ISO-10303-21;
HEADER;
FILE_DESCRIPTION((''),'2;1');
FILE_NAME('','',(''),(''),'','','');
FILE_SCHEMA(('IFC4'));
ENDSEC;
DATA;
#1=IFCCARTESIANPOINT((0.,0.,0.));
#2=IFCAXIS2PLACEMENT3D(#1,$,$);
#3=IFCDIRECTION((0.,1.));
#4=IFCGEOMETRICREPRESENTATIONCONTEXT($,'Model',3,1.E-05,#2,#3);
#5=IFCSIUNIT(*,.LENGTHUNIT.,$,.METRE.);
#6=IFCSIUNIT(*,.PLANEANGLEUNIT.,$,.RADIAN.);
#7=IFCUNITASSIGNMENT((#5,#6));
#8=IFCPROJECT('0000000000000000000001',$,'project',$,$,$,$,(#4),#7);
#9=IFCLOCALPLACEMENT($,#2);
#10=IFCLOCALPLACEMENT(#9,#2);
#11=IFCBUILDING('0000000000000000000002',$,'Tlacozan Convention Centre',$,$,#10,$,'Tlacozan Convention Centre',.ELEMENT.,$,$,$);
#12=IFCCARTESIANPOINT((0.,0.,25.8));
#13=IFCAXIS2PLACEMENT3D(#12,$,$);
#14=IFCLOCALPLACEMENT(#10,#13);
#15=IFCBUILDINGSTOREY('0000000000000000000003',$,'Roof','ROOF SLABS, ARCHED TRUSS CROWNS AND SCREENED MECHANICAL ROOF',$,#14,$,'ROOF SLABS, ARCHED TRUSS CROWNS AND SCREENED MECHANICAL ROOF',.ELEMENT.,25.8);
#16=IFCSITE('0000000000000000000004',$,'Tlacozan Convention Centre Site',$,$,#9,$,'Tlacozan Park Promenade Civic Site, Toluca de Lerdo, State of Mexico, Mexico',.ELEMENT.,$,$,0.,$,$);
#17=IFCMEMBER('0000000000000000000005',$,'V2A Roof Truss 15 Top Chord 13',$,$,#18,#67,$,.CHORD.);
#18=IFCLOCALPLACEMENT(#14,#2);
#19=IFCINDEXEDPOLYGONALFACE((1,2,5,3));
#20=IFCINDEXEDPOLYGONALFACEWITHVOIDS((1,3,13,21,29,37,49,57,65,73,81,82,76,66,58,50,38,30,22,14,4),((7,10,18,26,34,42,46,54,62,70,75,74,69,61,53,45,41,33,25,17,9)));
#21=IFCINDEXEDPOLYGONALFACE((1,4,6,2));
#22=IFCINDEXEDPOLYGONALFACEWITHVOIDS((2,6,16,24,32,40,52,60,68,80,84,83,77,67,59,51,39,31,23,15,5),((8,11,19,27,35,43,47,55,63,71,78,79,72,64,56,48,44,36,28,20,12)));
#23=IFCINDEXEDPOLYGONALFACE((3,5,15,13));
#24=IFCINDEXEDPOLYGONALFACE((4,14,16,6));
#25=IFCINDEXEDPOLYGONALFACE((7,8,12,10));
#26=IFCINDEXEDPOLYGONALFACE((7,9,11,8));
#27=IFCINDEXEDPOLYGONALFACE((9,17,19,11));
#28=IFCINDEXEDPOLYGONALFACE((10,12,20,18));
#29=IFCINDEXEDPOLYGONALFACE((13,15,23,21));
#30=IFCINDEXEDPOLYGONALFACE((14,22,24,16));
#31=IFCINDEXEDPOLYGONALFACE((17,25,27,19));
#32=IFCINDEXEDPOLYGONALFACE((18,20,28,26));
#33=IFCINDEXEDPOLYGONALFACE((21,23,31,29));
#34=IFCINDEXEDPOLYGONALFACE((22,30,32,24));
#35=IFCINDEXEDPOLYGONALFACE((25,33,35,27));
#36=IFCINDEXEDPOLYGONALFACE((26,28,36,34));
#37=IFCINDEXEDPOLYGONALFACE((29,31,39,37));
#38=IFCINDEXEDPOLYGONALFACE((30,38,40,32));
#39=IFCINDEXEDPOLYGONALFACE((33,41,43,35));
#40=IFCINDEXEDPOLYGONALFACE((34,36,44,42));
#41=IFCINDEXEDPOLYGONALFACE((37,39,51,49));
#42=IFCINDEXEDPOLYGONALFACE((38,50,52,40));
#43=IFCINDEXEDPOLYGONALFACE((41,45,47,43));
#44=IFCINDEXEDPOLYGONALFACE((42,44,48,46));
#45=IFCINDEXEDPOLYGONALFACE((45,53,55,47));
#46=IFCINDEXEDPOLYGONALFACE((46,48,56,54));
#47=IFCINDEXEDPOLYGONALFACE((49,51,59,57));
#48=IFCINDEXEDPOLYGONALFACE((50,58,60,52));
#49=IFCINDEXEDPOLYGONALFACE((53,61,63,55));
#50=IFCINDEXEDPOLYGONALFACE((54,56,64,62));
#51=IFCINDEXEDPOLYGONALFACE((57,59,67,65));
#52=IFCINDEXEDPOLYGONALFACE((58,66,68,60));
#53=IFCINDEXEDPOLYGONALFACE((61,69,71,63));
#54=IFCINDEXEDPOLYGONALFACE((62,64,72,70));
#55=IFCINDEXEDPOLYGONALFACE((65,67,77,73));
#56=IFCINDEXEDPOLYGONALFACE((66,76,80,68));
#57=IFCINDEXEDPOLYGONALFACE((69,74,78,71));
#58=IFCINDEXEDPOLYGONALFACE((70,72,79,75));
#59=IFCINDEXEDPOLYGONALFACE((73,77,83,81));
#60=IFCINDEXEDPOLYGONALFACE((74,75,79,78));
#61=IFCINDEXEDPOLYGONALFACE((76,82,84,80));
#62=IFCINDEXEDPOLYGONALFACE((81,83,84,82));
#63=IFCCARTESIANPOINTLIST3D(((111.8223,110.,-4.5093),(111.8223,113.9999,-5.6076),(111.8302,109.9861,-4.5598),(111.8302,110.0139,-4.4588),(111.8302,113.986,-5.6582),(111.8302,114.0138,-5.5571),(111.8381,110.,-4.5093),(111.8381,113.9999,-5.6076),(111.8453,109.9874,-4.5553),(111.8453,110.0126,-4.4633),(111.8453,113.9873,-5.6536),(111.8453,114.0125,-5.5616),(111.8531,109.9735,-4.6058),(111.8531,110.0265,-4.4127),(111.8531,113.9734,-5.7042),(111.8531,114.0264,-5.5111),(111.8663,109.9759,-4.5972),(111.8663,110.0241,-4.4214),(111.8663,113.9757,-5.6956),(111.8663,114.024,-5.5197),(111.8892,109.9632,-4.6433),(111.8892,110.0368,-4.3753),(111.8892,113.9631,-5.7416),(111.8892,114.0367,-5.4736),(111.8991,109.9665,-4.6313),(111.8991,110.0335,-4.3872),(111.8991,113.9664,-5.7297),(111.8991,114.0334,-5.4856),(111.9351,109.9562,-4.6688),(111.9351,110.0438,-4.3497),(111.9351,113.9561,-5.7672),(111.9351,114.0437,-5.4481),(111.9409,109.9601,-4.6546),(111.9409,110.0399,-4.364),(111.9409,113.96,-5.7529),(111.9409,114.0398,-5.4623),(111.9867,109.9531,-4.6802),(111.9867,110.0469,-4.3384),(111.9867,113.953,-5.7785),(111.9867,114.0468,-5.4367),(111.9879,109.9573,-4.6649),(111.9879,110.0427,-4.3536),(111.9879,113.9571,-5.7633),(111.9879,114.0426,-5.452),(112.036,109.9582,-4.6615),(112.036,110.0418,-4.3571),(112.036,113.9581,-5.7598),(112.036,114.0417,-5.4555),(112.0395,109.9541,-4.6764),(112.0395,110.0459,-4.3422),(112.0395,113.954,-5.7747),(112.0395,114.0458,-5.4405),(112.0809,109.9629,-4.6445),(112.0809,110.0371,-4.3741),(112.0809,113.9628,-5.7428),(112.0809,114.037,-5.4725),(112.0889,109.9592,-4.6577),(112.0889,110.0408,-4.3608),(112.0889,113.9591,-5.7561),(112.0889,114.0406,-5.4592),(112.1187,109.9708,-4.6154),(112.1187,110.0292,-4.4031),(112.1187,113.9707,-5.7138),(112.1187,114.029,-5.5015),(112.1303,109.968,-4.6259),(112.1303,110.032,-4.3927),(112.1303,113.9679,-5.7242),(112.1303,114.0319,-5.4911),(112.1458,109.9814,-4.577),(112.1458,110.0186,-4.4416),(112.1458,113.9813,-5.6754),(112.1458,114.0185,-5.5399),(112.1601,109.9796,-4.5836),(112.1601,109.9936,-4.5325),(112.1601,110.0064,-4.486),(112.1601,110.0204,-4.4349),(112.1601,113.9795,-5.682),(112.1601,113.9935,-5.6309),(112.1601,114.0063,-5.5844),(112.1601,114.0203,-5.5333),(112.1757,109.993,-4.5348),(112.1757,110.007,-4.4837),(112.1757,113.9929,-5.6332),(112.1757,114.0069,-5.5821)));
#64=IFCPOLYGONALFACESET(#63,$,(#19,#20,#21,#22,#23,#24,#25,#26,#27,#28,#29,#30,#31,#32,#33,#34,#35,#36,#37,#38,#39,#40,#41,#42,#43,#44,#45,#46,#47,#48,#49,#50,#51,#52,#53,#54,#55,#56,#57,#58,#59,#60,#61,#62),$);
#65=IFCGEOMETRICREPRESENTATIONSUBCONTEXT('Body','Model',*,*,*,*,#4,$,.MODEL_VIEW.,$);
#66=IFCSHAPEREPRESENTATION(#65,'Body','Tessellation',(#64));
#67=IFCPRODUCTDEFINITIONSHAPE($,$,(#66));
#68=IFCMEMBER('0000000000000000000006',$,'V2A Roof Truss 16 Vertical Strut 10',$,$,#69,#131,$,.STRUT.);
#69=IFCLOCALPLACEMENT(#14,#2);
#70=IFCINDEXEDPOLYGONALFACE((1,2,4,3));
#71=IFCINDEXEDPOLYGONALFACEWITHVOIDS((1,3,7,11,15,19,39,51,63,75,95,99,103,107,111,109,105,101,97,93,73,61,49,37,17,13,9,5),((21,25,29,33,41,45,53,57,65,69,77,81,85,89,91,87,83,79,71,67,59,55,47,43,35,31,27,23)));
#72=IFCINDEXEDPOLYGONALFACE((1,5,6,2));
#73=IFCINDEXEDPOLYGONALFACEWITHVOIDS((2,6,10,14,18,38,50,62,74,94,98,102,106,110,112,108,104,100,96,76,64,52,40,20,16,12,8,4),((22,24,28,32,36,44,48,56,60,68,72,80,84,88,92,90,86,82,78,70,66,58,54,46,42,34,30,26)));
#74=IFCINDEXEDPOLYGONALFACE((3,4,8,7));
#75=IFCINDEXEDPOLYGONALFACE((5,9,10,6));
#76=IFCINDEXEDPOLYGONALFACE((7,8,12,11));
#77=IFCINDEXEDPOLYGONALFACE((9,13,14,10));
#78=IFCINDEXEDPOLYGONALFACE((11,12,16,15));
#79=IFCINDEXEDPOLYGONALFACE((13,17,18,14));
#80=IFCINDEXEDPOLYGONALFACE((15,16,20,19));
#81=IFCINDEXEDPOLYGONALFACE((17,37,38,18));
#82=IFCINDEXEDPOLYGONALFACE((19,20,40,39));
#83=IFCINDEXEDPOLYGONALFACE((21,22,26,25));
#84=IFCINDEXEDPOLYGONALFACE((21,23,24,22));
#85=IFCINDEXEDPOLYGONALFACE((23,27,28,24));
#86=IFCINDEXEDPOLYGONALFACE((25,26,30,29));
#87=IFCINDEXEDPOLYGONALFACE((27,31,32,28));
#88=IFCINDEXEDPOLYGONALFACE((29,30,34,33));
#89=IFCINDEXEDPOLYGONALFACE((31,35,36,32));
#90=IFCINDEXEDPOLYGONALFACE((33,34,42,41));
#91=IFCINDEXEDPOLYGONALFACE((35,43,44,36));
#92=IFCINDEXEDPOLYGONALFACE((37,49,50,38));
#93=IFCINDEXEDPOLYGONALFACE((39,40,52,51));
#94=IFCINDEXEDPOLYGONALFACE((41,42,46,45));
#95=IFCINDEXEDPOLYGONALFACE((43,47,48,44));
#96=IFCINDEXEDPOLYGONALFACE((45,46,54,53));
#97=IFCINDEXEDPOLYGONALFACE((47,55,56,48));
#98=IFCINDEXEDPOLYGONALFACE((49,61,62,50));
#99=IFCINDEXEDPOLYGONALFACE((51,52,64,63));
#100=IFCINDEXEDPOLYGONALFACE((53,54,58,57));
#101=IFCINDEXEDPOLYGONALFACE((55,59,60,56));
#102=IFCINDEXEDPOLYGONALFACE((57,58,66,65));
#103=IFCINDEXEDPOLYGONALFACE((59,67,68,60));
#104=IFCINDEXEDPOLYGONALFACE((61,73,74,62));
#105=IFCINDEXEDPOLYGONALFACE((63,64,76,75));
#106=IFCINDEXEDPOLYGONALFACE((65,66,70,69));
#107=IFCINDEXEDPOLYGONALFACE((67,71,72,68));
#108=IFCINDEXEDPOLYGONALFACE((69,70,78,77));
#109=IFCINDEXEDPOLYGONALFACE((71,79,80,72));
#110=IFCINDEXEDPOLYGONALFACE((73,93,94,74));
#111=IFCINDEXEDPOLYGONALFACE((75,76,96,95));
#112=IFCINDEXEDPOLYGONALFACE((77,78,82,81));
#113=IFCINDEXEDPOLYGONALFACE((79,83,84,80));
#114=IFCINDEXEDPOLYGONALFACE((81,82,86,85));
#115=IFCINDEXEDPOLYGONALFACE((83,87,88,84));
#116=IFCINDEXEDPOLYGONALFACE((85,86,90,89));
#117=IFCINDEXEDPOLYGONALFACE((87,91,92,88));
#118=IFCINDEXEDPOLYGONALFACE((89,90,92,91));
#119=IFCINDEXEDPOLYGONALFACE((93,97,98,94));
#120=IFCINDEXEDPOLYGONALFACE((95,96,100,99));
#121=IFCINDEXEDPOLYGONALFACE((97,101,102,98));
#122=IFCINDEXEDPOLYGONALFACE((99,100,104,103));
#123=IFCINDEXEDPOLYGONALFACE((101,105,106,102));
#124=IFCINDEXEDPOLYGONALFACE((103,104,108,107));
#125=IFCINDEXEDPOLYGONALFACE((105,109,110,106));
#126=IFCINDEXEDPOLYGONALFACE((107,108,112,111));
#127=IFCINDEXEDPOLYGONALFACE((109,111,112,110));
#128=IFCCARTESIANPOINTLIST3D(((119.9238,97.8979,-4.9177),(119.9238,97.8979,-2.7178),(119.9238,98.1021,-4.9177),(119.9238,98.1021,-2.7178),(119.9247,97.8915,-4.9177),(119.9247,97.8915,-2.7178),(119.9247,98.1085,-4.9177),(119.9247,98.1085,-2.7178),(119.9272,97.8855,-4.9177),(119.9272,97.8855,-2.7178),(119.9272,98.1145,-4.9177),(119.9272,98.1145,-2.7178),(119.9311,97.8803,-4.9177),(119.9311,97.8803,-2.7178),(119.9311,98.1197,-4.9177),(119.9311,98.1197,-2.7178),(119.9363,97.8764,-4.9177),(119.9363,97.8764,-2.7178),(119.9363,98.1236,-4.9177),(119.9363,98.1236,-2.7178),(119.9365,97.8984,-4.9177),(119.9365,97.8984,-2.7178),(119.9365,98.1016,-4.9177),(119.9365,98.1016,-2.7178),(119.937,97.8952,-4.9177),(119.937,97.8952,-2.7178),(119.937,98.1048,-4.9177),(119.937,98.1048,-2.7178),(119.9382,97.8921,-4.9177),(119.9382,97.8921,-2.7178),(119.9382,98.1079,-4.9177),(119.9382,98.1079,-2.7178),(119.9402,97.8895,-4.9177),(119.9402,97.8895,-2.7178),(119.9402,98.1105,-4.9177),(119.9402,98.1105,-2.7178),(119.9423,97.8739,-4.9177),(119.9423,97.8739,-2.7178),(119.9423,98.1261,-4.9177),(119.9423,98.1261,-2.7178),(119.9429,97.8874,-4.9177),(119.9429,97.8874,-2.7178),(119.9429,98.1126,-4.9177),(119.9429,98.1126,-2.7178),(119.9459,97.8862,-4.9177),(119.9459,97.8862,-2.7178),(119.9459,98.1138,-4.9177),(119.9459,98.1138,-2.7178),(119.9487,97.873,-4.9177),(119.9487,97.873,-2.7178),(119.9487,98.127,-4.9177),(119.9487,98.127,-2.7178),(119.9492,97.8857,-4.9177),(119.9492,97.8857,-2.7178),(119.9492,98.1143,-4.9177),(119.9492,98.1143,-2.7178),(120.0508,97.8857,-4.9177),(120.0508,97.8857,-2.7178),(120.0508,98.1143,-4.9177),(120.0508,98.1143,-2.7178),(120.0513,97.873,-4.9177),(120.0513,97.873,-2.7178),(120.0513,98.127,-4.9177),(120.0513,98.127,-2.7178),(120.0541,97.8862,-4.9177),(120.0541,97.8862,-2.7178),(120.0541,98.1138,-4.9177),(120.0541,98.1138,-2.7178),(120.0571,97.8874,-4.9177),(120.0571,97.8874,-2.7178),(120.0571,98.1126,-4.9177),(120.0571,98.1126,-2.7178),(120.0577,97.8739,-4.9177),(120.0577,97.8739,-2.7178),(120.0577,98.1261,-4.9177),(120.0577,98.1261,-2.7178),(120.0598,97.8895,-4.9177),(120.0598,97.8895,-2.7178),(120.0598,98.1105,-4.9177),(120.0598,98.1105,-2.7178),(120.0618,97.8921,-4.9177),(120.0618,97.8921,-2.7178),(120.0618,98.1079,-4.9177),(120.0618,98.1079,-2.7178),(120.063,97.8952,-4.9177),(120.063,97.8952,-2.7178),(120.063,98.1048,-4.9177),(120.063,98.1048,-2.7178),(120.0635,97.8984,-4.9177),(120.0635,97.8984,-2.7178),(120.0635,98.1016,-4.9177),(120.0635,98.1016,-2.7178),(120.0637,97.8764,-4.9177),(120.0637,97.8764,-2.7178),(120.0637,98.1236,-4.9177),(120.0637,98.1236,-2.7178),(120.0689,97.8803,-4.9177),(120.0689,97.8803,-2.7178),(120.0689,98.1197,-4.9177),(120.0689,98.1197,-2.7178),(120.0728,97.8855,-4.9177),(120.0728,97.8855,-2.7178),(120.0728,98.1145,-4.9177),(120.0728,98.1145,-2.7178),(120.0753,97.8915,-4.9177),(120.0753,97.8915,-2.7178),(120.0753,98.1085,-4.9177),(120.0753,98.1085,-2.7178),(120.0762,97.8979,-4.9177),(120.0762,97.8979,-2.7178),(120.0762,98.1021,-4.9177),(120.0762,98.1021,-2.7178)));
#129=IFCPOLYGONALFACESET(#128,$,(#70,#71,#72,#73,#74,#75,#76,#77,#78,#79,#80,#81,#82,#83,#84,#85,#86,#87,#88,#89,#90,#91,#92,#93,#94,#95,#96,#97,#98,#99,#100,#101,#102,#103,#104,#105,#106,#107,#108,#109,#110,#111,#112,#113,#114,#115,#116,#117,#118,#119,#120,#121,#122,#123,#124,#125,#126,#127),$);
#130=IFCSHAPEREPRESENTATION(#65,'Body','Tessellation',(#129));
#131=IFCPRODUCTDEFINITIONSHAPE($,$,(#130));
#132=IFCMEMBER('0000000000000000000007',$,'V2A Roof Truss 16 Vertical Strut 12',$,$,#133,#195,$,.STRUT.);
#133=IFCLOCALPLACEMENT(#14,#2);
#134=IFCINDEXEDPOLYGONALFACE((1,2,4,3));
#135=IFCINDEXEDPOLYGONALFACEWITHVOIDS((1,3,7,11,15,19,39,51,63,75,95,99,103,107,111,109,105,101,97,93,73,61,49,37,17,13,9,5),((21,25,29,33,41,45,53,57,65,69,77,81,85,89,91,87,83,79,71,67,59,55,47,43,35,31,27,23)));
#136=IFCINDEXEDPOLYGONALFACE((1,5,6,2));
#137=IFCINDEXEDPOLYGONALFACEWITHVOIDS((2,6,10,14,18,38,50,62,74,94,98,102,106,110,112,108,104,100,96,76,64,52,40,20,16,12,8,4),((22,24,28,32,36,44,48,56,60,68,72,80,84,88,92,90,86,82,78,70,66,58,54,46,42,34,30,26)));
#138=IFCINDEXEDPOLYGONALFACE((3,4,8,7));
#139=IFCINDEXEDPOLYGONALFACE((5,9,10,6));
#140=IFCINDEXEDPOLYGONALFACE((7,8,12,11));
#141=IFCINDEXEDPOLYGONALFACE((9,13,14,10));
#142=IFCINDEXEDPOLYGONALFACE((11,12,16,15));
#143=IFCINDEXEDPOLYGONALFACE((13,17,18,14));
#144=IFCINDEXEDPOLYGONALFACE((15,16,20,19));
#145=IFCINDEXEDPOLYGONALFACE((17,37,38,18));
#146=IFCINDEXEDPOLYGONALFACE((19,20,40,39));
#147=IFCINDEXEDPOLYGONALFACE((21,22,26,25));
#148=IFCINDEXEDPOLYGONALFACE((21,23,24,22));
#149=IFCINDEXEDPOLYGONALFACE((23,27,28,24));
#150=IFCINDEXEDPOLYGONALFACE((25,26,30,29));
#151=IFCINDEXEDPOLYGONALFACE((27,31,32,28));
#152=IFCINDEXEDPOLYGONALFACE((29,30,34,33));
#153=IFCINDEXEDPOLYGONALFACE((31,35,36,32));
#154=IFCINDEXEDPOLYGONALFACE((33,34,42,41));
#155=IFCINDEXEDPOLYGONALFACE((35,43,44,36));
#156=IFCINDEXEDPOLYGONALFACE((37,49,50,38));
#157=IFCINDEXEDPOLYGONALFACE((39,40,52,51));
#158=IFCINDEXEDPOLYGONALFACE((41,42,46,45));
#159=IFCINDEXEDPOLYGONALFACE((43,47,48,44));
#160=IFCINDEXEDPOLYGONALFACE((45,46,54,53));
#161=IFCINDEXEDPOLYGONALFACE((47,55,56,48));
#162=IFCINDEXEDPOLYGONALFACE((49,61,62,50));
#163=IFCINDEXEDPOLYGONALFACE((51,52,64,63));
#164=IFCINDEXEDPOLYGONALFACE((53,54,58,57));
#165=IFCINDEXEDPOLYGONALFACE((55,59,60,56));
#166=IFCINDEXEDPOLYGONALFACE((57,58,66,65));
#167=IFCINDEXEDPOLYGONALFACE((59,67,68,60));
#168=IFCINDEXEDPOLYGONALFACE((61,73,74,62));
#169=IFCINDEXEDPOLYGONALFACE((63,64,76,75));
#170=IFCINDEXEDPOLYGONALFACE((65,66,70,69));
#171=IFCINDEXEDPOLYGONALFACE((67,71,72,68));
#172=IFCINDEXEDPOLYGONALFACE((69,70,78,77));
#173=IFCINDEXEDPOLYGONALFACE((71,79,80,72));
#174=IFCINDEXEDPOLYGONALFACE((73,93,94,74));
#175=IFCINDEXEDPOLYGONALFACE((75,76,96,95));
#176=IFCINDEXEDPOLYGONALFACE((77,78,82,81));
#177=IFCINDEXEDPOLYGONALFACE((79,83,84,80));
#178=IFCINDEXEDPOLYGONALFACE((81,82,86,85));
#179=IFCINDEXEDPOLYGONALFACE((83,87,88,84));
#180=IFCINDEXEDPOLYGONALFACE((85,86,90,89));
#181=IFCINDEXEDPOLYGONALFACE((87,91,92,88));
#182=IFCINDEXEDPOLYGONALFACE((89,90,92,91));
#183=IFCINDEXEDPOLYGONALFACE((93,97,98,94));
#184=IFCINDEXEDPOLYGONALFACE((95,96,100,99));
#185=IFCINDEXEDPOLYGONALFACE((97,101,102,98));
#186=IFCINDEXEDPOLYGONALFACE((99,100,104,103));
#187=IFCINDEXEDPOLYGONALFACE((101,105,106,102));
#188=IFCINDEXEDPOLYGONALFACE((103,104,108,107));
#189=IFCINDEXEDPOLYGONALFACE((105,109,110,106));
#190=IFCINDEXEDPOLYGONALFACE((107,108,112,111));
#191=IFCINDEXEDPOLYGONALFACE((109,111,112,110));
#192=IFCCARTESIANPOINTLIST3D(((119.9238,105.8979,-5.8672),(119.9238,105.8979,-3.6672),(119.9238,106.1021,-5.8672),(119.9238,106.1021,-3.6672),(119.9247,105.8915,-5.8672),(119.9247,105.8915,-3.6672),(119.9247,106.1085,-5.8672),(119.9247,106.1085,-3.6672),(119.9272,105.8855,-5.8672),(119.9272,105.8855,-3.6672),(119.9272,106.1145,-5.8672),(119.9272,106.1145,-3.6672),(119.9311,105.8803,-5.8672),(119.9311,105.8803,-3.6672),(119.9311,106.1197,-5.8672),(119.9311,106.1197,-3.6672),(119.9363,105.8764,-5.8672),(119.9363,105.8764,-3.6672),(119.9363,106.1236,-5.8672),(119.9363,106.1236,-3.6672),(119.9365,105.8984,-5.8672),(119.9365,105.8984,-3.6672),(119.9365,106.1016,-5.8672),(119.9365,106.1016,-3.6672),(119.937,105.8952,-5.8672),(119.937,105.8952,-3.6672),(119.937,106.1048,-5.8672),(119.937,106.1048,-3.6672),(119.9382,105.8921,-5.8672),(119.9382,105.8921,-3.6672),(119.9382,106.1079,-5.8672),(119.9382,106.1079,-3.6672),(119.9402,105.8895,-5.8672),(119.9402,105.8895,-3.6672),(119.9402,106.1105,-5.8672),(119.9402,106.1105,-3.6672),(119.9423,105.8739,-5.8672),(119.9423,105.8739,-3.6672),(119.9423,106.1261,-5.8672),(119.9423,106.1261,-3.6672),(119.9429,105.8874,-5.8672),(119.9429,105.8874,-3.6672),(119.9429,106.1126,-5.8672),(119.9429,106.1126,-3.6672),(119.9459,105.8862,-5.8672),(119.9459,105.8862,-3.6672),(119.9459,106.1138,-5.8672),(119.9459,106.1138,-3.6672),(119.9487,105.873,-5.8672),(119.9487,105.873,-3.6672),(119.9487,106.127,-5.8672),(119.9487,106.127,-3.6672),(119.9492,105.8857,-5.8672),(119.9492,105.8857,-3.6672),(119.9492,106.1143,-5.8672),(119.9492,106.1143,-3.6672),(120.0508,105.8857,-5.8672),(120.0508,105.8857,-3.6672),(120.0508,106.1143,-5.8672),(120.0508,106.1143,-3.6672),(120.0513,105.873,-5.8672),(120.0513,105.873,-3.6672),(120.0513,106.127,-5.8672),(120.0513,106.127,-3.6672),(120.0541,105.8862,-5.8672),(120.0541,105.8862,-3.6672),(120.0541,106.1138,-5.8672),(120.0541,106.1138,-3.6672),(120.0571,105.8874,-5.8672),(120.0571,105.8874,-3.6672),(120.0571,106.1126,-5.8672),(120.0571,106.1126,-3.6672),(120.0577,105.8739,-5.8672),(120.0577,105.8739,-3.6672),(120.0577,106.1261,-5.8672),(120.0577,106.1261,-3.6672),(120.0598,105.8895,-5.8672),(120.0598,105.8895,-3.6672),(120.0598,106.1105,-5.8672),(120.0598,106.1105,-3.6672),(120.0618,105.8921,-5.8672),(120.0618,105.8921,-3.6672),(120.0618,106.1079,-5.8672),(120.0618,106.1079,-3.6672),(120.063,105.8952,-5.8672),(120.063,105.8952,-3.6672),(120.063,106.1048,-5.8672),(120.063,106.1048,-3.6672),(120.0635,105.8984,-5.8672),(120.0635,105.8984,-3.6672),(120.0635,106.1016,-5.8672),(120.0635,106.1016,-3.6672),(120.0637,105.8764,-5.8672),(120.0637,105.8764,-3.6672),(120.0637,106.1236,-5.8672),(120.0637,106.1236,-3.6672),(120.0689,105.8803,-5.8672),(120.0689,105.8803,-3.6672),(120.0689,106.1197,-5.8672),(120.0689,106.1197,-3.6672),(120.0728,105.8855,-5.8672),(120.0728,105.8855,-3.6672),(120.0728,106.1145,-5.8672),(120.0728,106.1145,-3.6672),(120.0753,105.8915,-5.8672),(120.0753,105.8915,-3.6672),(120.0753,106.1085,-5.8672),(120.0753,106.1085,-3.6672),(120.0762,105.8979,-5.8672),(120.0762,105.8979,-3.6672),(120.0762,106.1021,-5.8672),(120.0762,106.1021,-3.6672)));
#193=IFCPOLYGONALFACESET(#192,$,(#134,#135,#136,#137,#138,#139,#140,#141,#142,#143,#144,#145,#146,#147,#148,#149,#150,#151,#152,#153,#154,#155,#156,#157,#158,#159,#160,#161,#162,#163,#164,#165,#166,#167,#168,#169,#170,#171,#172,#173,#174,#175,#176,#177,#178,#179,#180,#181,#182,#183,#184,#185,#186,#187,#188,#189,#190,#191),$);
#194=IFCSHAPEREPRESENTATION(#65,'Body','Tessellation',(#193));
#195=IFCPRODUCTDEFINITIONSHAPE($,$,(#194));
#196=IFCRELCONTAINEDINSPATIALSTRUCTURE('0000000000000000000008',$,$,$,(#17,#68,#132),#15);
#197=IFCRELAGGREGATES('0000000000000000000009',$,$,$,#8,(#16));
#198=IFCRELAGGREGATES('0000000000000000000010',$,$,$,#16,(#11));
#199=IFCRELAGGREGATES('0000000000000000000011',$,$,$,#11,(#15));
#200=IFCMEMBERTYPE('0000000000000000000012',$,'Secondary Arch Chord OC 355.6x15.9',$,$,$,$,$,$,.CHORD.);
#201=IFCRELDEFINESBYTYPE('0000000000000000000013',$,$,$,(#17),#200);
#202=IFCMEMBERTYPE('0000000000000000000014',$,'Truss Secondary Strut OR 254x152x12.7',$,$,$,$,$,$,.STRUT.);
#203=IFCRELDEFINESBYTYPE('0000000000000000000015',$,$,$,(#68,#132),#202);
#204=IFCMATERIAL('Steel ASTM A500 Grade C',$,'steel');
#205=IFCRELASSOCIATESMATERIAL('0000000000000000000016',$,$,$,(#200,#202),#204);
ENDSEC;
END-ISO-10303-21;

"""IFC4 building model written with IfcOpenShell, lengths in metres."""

from ifc_helpers import new_model, si_unit, direction, frame, origin, origin_2d, place, context, subcontext, project, spatial, hollow_rectangle, hollow_circle, extrude, material, material_profile, profile_set, type_object, element, save


model = new_model("IFC4")

# Units and contexts
model_context = context("Model", 3, precision=1e-05, world=origin(), true_north=direction((0.0, 1.0)))
body_context = subcontext(model_context, "Body", "Model", "MODEL_VIEW")
ifc_project = project(units=[si_unit("LENGTHUNIT", "METRE"), si_unit("PLANEANGLEUNIT", "RADIAN")], contexts=[model_context])

# Site, building, storey
site_placement = place(None, origin())
site = spatial("IfcSite", under=ifc_project, at=site_placement, Name="Tlacozan Convention Centre Site", LongName="Tlacozan Park Promenade Civic Site, Toluca de Lerdo, State of Mexico, Mexico", CompositionType="ELEMENT", RefElevation=0.0)
building_placement = place(site_placement, origin())
building = spatial("IfcBuilding", under=site, at=building_placement, Name="Tlacozan Convention Centre", LongName="Tlacozan Convention Centre", CompositionType="ELEMENT")
storey_placement = place(building_placement, frame((0.0, 0.0, 25.8)))
storey = spatial("IfcBuildingStorey", under=building, at=storey_placement, Name="Roof", Description="ROOF SLABS, ARCHED TRUSS CROWNS AND SCREENED MECHANICAL ROOF", LongName="ROOF SLABS, ARCHED TRUSS CROWNS AND SCREENED MECHANICAL ROOF", CompositionType="ELEMENT", Elevation=25.8)

# Members
ifc_material_1 = material(Name="Steel ASTM A500 Grade C", Category="steel")
ifc_material_profile_1 = material_profile(ifc_material_1, hollow_circle(Radius=0.1777, WallThickness=0.0159, at=origin_2d()), Name="OC 355.6x15.9")
ifc_profile_set_1 = profile_set([ifc_material_profile_1], Name="Steel ASTM A500 Grade C")
member_type_1 = type_object("IfcMemberType", Name="Secondary Arch Chord OC 355.6x15.9", PredefinedType="CHORD", material=ifc_profile_set_1)
member_1_placement = place(storey_placement, frame((112.0, 110.0, -4.5093), z_axis=(0.0, 0.964305, -0.264795), x_axis=(-1.0, 0.0, 0.0)))
element("IfcMember", 1, at=member_1_placement, inside=storey, type_object=member_type_1, Name="V2A Roof Truss 15 Top Chord 13", PredefinedType="CHORD", context=body_context, shape_type="SweptSolid", body=[
    extrude(hollow_circle(Radius=0.1777, WallThickness=0.0159, at=origin_2d()), origin(), (0.0, 0.0, 1.0), 4.1479),
])
ifc_material_profile_2 = material_profile(ifc_material_1, hollow_rectangle(XDim=0.1523, YDim=0.2539, WallThickness=0.0127, InnerFilletRadius=0.0127, OuterFilletRadius=0.0249, at=origin_2d()), Name="OR 254x152x12.7")
ifc_profile_set_2 = profile_set([ifc_material_profile_2], Name="Steel ASTM A500 Grade C")
member_type_2 = type_object("IfcMemberType", Name="Truss Secondary Strut OR 254x152x12.7", PredefinedType="STRUT", material=ifc_profile_set_2)
for number, where, z_axis, x_axis, name in (
    (2, (120.0, 98.0, -4.9177), (0.0, 0.0, 1.0), (1.0, 0.0, 0.0), "V2A Roof Truss 16 Vertical Strut 10"),
    (3, (120.0, 106.0, -5.8672), (0.0, 0.0, 1.0), (1.0, 0.0, 0.0), "V2A Roof Truss 16 Vertical Strut 12"),
):
    element("IfcMember", number, at=place(storey_placement, frame(where, z_axis=z_axis, x_axis=x_axis)), inside=storey, type_object=member_type_2, Name=name, PredefinedType="STRUT", context=body_context, shape_type="SweptSolid", body=[
        extrude(hollow_rectangle(XDim=0.1523, YDim=0.2539, WallThickness=0.0127, InnerFilletRadius=0.0127, OuterFilletRadius=0.0249, at=origin_2d()), origin(), (0.0, 0.0, 1.0), 2.2),
    ])

save(model, "model.ifc")
